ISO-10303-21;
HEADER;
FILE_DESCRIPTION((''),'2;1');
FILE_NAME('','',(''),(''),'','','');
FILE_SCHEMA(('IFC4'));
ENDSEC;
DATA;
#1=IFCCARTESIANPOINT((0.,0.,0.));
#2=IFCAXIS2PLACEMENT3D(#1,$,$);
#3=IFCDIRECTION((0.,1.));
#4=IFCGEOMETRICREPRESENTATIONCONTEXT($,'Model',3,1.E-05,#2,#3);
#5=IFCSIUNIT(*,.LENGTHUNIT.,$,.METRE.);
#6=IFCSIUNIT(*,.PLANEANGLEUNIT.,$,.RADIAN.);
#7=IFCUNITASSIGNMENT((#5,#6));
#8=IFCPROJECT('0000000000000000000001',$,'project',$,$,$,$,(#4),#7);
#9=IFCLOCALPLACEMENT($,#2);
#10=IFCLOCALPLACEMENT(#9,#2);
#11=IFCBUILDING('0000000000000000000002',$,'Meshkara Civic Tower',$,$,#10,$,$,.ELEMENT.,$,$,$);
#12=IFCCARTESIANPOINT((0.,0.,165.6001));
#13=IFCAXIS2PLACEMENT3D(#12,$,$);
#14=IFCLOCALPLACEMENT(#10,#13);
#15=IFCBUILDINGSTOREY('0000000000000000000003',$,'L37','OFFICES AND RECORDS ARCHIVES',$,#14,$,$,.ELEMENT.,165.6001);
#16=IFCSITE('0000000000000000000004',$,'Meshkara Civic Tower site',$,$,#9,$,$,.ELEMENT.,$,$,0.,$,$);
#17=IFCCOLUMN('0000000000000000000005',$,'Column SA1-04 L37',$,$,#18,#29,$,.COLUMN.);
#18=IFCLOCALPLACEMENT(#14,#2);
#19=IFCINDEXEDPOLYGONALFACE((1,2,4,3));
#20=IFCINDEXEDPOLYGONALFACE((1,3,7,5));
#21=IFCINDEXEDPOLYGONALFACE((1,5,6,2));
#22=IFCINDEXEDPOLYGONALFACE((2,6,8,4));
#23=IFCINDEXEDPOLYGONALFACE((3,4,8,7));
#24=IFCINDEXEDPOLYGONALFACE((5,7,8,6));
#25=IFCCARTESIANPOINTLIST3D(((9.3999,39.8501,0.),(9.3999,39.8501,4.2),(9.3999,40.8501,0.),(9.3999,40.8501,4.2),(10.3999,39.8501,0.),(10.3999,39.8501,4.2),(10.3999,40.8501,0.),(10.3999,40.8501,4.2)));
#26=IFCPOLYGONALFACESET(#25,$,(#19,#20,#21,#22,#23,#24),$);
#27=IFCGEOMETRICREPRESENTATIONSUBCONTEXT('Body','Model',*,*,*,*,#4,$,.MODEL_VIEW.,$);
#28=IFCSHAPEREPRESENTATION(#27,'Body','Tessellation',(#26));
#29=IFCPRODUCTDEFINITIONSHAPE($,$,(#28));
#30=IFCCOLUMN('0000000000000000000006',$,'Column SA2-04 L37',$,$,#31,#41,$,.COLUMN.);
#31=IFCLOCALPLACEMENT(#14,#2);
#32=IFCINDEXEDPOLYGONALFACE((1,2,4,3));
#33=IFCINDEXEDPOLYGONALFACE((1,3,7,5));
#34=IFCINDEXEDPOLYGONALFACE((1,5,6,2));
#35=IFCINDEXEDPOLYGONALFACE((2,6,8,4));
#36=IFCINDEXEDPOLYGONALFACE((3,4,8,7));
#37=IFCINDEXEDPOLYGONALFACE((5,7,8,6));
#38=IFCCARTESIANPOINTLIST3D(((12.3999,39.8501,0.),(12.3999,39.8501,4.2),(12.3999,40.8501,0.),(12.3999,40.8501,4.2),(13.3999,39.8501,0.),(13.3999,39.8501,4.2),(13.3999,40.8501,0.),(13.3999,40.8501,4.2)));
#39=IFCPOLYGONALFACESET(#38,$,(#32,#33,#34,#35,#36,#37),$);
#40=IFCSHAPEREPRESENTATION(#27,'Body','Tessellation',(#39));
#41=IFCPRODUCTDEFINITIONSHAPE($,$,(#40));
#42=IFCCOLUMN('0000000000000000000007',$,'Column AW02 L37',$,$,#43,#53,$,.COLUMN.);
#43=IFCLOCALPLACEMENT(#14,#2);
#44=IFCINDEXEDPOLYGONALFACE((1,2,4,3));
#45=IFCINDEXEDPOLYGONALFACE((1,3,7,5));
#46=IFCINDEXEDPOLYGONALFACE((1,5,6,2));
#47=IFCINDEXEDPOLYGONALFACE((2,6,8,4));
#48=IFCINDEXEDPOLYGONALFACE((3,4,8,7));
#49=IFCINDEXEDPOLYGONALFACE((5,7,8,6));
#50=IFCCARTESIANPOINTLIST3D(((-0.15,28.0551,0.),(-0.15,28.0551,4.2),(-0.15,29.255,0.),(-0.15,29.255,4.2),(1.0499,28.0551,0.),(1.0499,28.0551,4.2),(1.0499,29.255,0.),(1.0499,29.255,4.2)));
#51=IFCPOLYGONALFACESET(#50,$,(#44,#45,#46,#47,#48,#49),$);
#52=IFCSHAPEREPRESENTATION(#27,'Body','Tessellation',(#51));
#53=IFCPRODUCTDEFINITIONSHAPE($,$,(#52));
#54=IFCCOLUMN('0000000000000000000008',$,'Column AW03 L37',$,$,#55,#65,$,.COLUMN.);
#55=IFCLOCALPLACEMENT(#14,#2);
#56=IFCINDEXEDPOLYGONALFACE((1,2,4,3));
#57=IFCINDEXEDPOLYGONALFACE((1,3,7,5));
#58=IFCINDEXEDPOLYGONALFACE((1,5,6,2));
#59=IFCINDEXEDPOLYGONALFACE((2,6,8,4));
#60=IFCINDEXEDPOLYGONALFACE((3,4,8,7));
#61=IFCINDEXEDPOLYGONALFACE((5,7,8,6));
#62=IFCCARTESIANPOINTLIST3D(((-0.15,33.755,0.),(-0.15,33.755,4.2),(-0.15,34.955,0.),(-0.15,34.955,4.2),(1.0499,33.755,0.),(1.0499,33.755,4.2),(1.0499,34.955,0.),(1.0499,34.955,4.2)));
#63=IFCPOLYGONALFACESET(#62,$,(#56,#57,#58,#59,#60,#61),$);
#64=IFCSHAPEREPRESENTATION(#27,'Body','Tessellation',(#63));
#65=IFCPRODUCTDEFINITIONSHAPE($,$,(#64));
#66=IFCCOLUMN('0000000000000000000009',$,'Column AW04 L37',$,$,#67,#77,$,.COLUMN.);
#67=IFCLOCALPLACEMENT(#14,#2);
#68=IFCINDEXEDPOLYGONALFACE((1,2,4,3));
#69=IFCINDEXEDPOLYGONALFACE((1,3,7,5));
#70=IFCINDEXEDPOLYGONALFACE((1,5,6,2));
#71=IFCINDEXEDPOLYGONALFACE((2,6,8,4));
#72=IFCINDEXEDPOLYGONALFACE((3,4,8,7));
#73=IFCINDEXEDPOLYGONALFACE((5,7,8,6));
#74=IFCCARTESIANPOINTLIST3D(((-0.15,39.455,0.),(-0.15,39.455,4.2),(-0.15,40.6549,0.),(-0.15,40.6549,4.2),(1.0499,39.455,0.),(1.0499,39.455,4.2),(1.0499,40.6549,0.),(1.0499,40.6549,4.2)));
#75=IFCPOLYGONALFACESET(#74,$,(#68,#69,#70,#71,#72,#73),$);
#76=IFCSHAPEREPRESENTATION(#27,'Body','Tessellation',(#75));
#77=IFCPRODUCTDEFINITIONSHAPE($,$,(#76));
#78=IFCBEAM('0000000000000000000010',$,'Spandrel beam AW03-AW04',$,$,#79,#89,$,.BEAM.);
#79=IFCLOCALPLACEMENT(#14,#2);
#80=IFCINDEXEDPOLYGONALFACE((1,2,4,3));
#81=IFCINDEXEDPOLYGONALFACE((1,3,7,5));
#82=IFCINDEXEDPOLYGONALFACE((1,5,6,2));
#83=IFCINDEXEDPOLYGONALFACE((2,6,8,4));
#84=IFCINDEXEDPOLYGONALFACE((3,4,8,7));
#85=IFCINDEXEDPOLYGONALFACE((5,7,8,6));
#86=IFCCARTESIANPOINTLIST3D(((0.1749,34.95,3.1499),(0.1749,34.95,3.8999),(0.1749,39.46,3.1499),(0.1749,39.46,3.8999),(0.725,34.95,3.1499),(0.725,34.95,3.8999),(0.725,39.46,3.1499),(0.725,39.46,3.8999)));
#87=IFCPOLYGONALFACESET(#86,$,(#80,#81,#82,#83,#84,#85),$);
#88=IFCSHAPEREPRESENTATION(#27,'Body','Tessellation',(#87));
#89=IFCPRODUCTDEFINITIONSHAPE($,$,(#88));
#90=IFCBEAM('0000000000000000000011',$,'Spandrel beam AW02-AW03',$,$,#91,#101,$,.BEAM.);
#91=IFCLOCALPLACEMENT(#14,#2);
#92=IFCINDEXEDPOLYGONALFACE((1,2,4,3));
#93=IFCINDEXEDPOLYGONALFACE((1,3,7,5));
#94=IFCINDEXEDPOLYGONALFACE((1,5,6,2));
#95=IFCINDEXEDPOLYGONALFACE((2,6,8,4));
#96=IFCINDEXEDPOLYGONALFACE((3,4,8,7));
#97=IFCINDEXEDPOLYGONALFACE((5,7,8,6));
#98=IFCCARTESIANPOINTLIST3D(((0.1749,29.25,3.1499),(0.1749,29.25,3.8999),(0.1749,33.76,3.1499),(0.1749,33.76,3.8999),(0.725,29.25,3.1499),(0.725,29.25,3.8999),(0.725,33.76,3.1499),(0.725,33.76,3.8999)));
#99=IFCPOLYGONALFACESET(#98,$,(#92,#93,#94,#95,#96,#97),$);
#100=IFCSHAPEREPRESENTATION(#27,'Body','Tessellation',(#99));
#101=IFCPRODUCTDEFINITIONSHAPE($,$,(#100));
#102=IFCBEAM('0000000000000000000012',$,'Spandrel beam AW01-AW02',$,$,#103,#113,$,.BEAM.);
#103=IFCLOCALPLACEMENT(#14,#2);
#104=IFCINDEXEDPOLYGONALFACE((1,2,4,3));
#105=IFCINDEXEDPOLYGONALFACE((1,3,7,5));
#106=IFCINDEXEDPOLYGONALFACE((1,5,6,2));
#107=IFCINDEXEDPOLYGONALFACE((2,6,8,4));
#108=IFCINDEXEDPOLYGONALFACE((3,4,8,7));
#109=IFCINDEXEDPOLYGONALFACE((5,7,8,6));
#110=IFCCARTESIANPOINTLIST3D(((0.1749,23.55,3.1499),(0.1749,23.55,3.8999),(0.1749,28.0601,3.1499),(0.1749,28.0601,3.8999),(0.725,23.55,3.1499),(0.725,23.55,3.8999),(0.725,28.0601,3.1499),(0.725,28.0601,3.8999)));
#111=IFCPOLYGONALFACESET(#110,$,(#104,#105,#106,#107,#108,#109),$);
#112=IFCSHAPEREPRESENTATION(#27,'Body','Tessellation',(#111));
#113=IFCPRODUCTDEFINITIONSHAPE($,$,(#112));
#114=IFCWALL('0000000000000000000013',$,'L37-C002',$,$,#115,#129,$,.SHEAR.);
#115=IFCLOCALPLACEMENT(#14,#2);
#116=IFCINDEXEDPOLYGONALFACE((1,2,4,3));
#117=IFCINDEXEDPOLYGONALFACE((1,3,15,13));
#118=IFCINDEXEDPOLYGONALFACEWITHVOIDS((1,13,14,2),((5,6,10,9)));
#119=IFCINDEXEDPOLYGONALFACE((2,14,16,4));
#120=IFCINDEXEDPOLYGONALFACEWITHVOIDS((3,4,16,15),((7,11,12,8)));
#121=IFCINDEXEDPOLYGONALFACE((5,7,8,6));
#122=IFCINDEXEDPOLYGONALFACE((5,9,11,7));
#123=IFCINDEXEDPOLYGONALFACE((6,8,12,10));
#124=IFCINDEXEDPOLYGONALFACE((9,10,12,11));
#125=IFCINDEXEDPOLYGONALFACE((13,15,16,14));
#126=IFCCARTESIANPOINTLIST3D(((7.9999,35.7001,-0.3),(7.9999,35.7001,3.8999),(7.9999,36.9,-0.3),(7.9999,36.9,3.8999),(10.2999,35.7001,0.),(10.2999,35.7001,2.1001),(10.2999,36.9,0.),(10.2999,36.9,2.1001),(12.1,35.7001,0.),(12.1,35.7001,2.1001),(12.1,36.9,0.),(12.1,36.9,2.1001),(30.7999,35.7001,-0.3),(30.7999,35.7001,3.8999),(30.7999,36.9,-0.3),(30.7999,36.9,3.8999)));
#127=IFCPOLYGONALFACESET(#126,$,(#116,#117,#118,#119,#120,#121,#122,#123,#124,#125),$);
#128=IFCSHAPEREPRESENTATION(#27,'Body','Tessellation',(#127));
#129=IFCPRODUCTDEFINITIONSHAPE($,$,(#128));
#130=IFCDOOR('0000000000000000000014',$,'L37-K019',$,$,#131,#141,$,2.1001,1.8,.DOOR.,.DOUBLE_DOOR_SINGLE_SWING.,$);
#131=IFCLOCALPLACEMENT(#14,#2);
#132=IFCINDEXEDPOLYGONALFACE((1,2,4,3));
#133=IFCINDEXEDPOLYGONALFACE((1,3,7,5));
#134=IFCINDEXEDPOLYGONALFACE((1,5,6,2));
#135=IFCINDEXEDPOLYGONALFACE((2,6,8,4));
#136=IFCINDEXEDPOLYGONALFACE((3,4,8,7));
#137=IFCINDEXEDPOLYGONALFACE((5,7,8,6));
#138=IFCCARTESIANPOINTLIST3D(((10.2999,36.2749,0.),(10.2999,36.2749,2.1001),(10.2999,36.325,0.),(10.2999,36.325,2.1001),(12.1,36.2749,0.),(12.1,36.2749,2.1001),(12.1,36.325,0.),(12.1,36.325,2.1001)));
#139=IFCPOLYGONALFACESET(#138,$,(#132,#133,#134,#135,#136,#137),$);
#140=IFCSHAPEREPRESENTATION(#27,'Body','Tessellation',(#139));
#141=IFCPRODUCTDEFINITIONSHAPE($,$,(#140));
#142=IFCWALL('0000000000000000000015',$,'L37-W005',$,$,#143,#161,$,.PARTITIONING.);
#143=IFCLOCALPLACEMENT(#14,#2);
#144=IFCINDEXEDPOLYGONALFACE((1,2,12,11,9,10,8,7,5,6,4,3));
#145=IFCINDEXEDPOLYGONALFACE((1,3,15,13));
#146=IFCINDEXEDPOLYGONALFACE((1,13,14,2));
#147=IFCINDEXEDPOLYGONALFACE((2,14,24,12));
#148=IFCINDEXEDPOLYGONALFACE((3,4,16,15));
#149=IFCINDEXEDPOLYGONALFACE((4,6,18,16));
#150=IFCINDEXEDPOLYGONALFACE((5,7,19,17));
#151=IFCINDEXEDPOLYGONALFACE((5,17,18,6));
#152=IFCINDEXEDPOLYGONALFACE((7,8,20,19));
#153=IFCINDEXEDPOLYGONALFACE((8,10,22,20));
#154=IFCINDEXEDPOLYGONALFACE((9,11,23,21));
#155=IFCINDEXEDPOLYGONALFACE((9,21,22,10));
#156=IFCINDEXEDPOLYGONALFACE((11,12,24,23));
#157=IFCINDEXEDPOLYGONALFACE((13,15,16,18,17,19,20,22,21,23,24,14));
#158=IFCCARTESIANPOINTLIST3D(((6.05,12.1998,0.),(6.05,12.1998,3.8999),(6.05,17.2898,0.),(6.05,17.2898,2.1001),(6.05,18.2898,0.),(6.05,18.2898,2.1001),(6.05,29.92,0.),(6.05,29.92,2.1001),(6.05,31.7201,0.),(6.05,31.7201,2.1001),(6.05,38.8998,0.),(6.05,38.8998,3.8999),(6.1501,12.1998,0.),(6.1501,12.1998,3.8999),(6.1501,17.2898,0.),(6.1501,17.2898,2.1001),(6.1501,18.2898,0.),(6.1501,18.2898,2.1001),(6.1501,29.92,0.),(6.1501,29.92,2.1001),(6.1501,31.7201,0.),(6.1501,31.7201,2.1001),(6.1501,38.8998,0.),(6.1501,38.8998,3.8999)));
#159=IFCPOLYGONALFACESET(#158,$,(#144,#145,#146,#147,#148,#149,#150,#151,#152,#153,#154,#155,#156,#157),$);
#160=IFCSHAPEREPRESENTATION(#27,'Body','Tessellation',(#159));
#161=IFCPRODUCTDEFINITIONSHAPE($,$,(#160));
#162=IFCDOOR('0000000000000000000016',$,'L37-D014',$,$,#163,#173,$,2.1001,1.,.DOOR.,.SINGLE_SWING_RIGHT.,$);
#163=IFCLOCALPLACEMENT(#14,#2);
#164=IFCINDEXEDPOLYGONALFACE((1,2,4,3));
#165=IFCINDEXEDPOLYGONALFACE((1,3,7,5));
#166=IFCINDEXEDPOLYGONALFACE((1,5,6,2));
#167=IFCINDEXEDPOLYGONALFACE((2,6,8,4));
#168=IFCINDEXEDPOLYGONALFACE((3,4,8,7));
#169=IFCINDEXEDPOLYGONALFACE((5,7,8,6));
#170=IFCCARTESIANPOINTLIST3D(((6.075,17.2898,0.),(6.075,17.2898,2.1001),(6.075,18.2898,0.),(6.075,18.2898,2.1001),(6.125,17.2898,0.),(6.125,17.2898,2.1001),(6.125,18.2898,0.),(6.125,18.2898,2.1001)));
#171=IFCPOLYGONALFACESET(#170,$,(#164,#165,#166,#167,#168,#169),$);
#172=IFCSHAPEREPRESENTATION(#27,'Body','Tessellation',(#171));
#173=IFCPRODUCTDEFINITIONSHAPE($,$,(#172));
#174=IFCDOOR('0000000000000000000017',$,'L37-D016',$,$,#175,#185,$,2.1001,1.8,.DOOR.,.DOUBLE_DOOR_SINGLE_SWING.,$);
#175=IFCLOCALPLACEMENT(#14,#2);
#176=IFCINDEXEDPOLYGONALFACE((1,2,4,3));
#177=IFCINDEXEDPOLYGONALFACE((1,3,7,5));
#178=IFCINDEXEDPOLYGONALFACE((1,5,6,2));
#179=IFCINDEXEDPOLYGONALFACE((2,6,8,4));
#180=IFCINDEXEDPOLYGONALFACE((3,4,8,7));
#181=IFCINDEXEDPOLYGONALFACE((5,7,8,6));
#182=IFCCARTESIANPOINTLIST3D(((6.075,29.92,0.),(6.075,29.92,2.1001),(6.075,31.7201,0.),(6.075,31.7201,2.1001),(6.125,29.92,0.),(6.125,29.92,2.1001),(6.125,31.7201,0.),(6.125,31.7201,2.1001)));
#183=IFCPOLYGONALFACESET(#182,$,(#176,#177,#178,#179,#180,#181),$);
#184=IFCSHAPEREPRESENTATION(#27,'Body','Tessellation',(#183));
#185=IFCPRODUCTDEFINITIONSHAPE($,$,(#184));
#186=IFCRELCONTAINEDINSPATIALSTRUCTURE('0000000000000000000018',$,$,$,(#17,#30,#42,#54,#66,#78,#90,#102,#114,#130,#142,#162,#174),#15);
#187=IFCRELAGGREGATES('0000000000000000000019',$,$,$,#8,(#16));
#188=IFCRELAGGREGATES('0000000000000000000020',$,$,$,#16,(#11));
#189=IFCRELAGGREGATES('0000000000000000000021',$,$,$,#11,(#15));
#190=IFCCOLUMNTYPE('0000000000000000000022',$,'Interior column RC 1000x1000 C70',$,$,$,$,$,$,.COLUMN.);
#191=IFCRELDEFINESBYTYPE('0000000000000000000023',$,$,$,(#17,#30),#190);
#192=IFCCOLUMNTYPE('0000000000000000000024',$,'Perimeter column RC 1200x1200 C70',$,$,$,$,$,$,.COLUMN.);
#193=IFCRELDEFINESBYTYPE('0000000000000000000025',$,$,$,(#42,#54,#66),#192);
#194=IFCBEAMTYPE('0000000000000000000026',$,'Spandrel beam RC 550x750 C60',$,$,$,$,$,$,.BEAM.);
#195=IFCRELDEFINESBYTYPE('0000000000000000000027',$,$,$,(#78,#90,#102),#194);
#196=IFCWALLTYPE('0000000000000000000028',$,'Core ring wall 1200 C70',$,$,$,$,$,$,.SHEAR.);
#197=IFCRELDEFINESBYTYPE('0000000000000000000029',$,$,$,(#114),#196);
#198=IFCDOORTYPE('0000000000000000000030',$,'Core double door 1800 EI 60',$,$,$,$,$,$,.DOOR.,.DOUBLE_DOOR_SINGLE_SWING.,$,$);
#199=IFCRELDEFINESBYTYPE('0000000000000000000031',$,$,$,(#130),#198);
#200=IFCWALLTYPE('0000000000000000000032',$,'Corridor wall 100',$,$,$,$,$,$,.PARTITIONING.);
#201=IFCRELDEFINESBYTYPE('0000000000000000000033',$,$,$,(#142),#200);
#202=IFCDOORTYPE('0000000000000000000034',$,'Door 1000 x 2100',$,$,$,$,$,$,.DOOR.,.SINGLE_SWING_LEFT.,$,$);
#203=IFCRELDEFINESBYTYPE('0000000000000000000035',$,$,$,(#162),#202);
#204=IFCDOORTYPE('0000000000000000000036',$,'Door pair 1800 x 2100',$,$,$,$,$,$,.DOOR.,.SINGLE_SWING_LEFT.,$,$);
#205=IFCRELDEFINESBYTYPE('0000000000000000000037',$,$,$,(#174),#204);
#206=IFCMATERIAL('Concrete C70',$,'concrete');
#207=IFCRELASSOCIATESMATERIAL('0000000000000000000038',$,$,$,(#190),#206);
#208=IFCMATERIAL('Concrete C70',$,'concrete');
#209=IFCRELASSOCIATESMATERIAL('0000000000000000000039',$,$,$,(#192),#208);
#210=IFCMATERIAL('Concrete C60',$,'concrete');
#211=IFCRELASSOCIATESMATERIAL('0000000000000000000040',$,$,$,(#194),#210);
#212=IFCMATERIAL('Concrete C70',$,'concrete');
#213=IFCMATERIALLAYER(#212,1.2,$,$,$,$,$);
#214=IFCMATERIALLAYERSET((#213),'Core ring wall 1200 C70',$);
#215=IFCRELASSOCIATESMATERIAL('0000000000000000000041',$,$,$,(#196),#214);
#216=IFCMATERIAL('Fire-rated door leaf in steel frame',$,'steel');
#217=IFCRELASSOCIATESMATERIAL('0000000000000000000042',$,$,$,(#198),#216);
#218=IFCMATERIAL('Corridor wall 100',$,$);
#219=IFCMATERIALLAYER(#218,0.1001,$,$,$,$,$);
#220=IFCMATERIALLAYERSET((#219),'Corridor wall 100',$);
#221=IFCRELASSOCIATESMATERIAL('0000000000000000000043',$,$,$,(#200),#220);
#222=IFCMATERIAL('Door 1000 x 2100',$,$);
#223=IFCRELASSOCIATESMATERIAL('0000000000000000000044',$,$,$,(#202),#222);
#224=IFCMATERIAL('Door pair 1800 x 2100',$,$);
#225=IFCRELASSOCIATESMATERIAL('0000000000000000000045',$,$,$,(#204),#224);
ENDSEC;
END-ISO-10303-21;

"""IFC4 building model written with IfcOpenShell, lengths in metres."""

from ifc_helpers import new_model, si_unit, direction, frame, frame_2d, origin, origin_2d, place, context, subcontext, project, spatial, rectangle, extrude, material, layer, layer_set, material_profile, profile_set, type_object, element, fill, save


model = new_model("IFC4")

# Units and contexts
model_context = context("Model", 3, precision=1e-05, world=origin(), true_north=direction((0.0, 1.0)))
body_context = subcontext(model_context, "Body", "Model", "MODEL_VIEW")
ifc_project = project(units=[si_unit("LENGTHUNIT", "METRE"), si_unit("PLANEANGLEUNIT", "RADIAN")], contexts=[model_context])

# Site, building, storey
site_placement = place(None, origin())
site = spatial("IfcSite", under=ifc_project, at=site_placement, Name="Meshkara Civic Tower site", CompositionType="ELEMENT", RefElevation=0.0)
building_placement = place(site_placement, origin())
building = spatial("IfcBuilding", under=site, at=building_placement, Name="Meshkara Civic Tower", CompositionType="ELEMENT")
storey_placement = place(building_placement, frame((0.0, 0.0, 165.6001)))
storey = spatial("IfcBuildingStorey", under=building, at=storey_placement, Name="L37", Description="OFFICES AND RECORDS ARCHIVES", CompositionType="ELEMENT", Elevation=165.6001)

# Columns
ifc_material_1 = material(Name="Concrete C70", Category="concrete")
ifc_material_profile_1 = material_profile(ifc_material_1, rectangle(XDim=1.0, YDim=1.0, at=origin_2d()))
ifc_profile_set_1 = profile_set([ifc_material_profile_1], Name="Concrete C70")
column_type_1 = type_object("IfcColumnType", Name="Interior column RC 1000x1000 C70", PredefinedType="COLUMN", material=ifc_profile_set_1)
for number, where, z_axis, x_axis, name in (
    (1, (9.8999, 40.3501, 0.0), (0.0, 0.0, 1.0), (1.0, 0.0, 0.0), "Column SA1-04 L37"),
    (2, (12.8999, 40.3501, 0.0), (0.0, 0.0, 1.0), (1.0, 0.0, 0.0), "Column SA2-04 L37"),
):
    element("IfcColumn", number, at=place(storey_placement, frame(where, z_axis=z_axis, x_axis=x_axis)), inside=storey, type_object=column_type_1, Name=name, PredefinedType="COLUMN", context=body_context, shape_type="SweptSolid", body=[
        extrude(rectangle(XDim=1.0, YDim=1.0, at=origin_2d()), origin(), (0.0, 0.0, 1.0), 4.2),
    ])
ifc_material_2 = material(Name="Concrete C70", Category="concrete")
ifc_material_profile_2 = material_profile(ifc_material_2, rectangle(XDim=1.2, YDim=1.2, at=origin_2d()))
ifc_profile_set_2 = profile_set([ifc_material_profile_2], Name="Concrete C70")
column_type_2 = type_object("IfcColumnType", Name="Perimeter column RC 1200x1200 C70", PredefinedType="COLUMN", material=ifc_profile_set_2)
for number, where, z_axis, x_axis, name in (
    (3, (0.45, 28.655, 0.0), (0.0, 0.0, 1.0), (1.0, 0.0, 0.0), "Column AW02 L37"),
    (4, (0.45, 34.355, 0.0), (0.0, 0.0, 1.0), (1.0, 0.0, 0.0), "Column AW03 L37"),
    (5, (0.45, 40.0549, 0.0), (0.0, 0.0, 1.0), (1.0, 0.0, 0.0), "Column AW04 L37"),
):
    element("IfcColumn", number, at=place(storey_placement, frame(where, z_axis=z_axis, x_axis=x_axis)), inside=storey, type_object=column_type_2, Name=name, PredefinedType="COLUMN", context=body_context, shape_type="SweptSolid", body=[
        extrude(rectangle(XDim=1.2, YDim=1.2, at=origin_2d()), origin(), (0.0, 0.0, 1.0), 4.2),
    ])

# Beams
ifc_material_3 = material(Name="Concrete C60", Category="concrete")
ifc_material_profile_3 = material_profile(ifc_material_3, rectangle(XDim=0.55, YDim=0.75, at=origin_2d()))
ifc_profile_set_3 = profile_set([ifc_material_profile_3], Name="Concrete C60")
beam_type = type_object("IfcBeamType", Name="Spandrel beam RC 550x750 C60", PredefinedType="BEAM", material=ifc_profile_set_3)
for number, where, z_axis, x_axis, name in (
    (6, (0.45, 39.46, 3.5249), (0.0, -1.0, 0.0), (1.0, 0.0, 0.0), "Spandrel beam AW03-AW04"),
    (7, (0.45, 33.76, 3.5249), (0.0, -1.0, 0.0), (1.0, 0.0, 0.0), "Spandrel beam AW02-AW03"),
    (8, (0.45, 28.0601, 3.5249), (0.0, -1.0, 0.0), (1.0, 0.0, 0.0), "Spandrel beam AW01-AW02"),
):
    element("IfcBeam", number, at=place(storey_placement, frame(where, z_axis=z_axis, x_axis=x_axis)), inside=storey, type_object=beam_type, Name=name, PredefinedType="BEAM", context=body_context, shape_type="SweptSolid", body=[
        extrude(rectangle(XDim=0.55, YDim=0.75, at=origin_2d()), origin(), (0.0, 0.0, 1.0), 4.51),
    ])

# Wall, opening, door
ifc_material_4 = material(Name="Concrete C70", Category="concrete")
ifc_layer_1 = layer(ifc_material_4, 1.2)
ifc_layer_set_1 = layer_set([ifc_layer_1], Name="Core ring wall 1200 C70")
wall_type_1 = type_object("IfcWallType", Name="Core ring wall 1200 C70", PredefinedType="SHEAR", material=ifc_layer_set_1)
wall_1_placement = place(storey_placement, frame((8.0, 36.3, -0.3), z_axis=(0.0, 0.0, 1.0), x_axis=(1.0, 0.0, 0.0)))
wall_1 = element("IfcWall", 9, at=wall_1_placement, inside=storey, type_object=wall_type_1, Name="L37-C002", PredefinedType="SHEAR", context=body_context, shape_type="SweptSolid", body=[
    extrude(rectangle(XDim=22.8, YDim=1.2, at=frame_2d((11.3999, 0.0))), origin(), (0.0, 0.0, 1.0), 4.2),
])
opening_1_placement = place(wall_1_placement, frame((2.3, 0.0, 0.3)))
opening_1 = element("IfcOpeningElement", 10, at=opening_1_placement, cuts=wall_1, PredefinedType="OPENING", context=body_context, shape_type="SweptSolid", body=[
    extrude(rectangle(XDim=1.8, YDim=2.1001, at=frame_2d((0.8999, 1.05))), frame((0.0, 0.6099, 0.0), z_axis=(0.0, -1.0, 0.0), x_axis=(1.0, 0.0, 0.0)), (0.0, 0.0, 1.0), 1.22),
])
ifc_material_5 = material(Name="Fire-rated door leaf in steel frame", Category="steel")
door_type_1 = type_object("IfcDoorType", Name="Core double door 1800 EI 60", OperationType="DOUBLE_DOOR_SINGLE_SWING", PredefinedType="DOOR", material=ifc_material_5)
door_1_placement = place(opening_1_placement, origin())
door_1 = element("IfcDoor", 11, at=door_1_placement, inside=storey, type_object=door_type_1, Name="L37-K019", OperationType="DOUBLE_DOOR_SINGLE_SWING", OverallHeight=2.1001, OverallWidth=1.8, PredefinedType="DOOR", context=body_context, shape_type="SweptSolid", body=[
    extrude(rectangle(XDim=1.8, YDim=2.1001, at=frame_2d((0.8999, 1.05))), frame((0.0, 0.0249, 0.0), z_axis=(0.0, -1.0, 0.0), x_axis=(1.0, 0.0, 0.0)), (0.0, 0.0, 1.0), 0.05),
])
fill(opening_1, door_1)

# Wall, openings, doors
ifc_material_6 = material(Name="Corridor wall 100")
ifc_layer_2 = layer(ifc_material_6, 0.1001)
ifc_layer_set_2 = layer_set([ifc_layer_2], Name="Corridor wall 100")
wall_type_2 = type_object("IfcWallType", Name="Corridor wall 100", PredefinedType="PARTITIONING", material=ifc_layer_set_2)
wall_2_placement = place(storey_placement, frame((6.1001, 38.8999, 0.0), z_axis=(0.0, 0.0, 1.0), x_axis=(0.0, -1.0, 0.0)))
wall_2 = element("IfcWall", 12, at=wall_2_placement, inside=storey, type_object=wall_type_2, Name="L37-W005", PredefinedType="PARTITIONING", context=body_context, shape_type="SweptSolid", body=[
    extrude(rectangle(XDim=26.7, YDim=0.1001, at=frame_2d((13.3501, 0.0))), origin(), (0.0, 0.0, 1.0), 3.8999),
])
opening_2_placement = place(wall_2_placement, frame((20.6101, 0.0, 0.0)))
opening_2 = element("IfcOpeningElement", 13, at=opening_2_placement, cuts=wall_2, PredefinedType="OPENING", context=body_context, shape_type="SweptSolid", body=[
    extrude(rectangle(XDim=1.0, YDim=2.1001, at=frame_2d((0.5, 1.05))), frame((0.0, 0.0601, 0.0), z_axis=(0.0, -1.0, 0.0), x_axis=(1.0, 0.0, 0.0)), (0.0, 0.0, 1.0), 0.1201),
])
opening_3_placement = place(wall_2_placement, frame((7.1799, 0.0, 0.0)))
opening_3 = element("IfcOpeningElement", 14, at=opening_3_placement, cuts=wall_2, PredefinedType="OPENING", context=body_context, shape_type="SweptSolid", body=[
    extrude(rectangle(XDim=1.8, YDim=2.1001, at=frame_2d((0.8999, 1.05))), frame((0.0, 0.0601, 0.0), z_axis=(0.0, -1.0, 0.0), x_axis=(1.0, 0.0, 0.0)), (0.0, 0.0, 1.0), 0.1201),
])
ifc_material_7 = material(Name="Door 1000 x 2100")
door_type_2 = type_object("IfcDoorType", Name="Door 1000 x 2100", OperationType="SINGLE_SWING_LEFT", PredefinedType="DOOR", material=ifc_material_7)
door_2_placement = place(opening_2_placement, origin())
door_2 = element("IfcDoor", 15, at=door_2_placement, inside=storey, type_object=door_type_2, Name="L37-D014", OperationType="SINGLE_SWING_RIGHT", OverallHeight=2.1001, OverallWidth=1.0, PredefinedType="DOOR", context=body_context, shape_type="SweptSolid", body=[
    extrude(rectangle(XDim=1.0, YDim=2.1001, at=frame_2d((0.5, 1.05))), frame((0.0, 0.0249, 0.0), z_axis=(0.0, -1.0, 0.0), x_axis=(1.0, 0.0, 0.0)), (0.0, 0.0, 1.0), 0.05),
])
fill(opening_2, door_2)
ifc_material_8 = material(Name="Door pair 1800 x 2100")
door_type_3 = type_object("IfcDoorType", Name="Door pair 1800 x 2100", OperationType="SINGLE_SWING_LEFT", PredefinedType="DOOR", material=ifc_material_8)
door_3_placement = place(opening_3_placement, origin())
door_3 = element("IfcDoor", 16, at=door_3_placement, inside=storey, type_object=door_type_3, Name="L37-D016", OperationType="DOUBLE_DOOR_SINGLE_SWING", OverallHeight=2.1001, OverallWidth=1.8, PredefinedType="DOOR", context=body_context, shape_type="SweptSolid", body=[
    extrude(rectangle(XDim=1.8, YDim=2.1001, at=frame_2d((0.8999, 1.05))), frame((0.0, 0.0249, 0.0), z_axis=(0.0, -1.0, 0.0), x_axis=(1.0, 0.0, 0.0)), (0.0, 0.0, 1.0), 0.05),
])
fill(opening_3, door_3)

save(model, "model.ifc")
